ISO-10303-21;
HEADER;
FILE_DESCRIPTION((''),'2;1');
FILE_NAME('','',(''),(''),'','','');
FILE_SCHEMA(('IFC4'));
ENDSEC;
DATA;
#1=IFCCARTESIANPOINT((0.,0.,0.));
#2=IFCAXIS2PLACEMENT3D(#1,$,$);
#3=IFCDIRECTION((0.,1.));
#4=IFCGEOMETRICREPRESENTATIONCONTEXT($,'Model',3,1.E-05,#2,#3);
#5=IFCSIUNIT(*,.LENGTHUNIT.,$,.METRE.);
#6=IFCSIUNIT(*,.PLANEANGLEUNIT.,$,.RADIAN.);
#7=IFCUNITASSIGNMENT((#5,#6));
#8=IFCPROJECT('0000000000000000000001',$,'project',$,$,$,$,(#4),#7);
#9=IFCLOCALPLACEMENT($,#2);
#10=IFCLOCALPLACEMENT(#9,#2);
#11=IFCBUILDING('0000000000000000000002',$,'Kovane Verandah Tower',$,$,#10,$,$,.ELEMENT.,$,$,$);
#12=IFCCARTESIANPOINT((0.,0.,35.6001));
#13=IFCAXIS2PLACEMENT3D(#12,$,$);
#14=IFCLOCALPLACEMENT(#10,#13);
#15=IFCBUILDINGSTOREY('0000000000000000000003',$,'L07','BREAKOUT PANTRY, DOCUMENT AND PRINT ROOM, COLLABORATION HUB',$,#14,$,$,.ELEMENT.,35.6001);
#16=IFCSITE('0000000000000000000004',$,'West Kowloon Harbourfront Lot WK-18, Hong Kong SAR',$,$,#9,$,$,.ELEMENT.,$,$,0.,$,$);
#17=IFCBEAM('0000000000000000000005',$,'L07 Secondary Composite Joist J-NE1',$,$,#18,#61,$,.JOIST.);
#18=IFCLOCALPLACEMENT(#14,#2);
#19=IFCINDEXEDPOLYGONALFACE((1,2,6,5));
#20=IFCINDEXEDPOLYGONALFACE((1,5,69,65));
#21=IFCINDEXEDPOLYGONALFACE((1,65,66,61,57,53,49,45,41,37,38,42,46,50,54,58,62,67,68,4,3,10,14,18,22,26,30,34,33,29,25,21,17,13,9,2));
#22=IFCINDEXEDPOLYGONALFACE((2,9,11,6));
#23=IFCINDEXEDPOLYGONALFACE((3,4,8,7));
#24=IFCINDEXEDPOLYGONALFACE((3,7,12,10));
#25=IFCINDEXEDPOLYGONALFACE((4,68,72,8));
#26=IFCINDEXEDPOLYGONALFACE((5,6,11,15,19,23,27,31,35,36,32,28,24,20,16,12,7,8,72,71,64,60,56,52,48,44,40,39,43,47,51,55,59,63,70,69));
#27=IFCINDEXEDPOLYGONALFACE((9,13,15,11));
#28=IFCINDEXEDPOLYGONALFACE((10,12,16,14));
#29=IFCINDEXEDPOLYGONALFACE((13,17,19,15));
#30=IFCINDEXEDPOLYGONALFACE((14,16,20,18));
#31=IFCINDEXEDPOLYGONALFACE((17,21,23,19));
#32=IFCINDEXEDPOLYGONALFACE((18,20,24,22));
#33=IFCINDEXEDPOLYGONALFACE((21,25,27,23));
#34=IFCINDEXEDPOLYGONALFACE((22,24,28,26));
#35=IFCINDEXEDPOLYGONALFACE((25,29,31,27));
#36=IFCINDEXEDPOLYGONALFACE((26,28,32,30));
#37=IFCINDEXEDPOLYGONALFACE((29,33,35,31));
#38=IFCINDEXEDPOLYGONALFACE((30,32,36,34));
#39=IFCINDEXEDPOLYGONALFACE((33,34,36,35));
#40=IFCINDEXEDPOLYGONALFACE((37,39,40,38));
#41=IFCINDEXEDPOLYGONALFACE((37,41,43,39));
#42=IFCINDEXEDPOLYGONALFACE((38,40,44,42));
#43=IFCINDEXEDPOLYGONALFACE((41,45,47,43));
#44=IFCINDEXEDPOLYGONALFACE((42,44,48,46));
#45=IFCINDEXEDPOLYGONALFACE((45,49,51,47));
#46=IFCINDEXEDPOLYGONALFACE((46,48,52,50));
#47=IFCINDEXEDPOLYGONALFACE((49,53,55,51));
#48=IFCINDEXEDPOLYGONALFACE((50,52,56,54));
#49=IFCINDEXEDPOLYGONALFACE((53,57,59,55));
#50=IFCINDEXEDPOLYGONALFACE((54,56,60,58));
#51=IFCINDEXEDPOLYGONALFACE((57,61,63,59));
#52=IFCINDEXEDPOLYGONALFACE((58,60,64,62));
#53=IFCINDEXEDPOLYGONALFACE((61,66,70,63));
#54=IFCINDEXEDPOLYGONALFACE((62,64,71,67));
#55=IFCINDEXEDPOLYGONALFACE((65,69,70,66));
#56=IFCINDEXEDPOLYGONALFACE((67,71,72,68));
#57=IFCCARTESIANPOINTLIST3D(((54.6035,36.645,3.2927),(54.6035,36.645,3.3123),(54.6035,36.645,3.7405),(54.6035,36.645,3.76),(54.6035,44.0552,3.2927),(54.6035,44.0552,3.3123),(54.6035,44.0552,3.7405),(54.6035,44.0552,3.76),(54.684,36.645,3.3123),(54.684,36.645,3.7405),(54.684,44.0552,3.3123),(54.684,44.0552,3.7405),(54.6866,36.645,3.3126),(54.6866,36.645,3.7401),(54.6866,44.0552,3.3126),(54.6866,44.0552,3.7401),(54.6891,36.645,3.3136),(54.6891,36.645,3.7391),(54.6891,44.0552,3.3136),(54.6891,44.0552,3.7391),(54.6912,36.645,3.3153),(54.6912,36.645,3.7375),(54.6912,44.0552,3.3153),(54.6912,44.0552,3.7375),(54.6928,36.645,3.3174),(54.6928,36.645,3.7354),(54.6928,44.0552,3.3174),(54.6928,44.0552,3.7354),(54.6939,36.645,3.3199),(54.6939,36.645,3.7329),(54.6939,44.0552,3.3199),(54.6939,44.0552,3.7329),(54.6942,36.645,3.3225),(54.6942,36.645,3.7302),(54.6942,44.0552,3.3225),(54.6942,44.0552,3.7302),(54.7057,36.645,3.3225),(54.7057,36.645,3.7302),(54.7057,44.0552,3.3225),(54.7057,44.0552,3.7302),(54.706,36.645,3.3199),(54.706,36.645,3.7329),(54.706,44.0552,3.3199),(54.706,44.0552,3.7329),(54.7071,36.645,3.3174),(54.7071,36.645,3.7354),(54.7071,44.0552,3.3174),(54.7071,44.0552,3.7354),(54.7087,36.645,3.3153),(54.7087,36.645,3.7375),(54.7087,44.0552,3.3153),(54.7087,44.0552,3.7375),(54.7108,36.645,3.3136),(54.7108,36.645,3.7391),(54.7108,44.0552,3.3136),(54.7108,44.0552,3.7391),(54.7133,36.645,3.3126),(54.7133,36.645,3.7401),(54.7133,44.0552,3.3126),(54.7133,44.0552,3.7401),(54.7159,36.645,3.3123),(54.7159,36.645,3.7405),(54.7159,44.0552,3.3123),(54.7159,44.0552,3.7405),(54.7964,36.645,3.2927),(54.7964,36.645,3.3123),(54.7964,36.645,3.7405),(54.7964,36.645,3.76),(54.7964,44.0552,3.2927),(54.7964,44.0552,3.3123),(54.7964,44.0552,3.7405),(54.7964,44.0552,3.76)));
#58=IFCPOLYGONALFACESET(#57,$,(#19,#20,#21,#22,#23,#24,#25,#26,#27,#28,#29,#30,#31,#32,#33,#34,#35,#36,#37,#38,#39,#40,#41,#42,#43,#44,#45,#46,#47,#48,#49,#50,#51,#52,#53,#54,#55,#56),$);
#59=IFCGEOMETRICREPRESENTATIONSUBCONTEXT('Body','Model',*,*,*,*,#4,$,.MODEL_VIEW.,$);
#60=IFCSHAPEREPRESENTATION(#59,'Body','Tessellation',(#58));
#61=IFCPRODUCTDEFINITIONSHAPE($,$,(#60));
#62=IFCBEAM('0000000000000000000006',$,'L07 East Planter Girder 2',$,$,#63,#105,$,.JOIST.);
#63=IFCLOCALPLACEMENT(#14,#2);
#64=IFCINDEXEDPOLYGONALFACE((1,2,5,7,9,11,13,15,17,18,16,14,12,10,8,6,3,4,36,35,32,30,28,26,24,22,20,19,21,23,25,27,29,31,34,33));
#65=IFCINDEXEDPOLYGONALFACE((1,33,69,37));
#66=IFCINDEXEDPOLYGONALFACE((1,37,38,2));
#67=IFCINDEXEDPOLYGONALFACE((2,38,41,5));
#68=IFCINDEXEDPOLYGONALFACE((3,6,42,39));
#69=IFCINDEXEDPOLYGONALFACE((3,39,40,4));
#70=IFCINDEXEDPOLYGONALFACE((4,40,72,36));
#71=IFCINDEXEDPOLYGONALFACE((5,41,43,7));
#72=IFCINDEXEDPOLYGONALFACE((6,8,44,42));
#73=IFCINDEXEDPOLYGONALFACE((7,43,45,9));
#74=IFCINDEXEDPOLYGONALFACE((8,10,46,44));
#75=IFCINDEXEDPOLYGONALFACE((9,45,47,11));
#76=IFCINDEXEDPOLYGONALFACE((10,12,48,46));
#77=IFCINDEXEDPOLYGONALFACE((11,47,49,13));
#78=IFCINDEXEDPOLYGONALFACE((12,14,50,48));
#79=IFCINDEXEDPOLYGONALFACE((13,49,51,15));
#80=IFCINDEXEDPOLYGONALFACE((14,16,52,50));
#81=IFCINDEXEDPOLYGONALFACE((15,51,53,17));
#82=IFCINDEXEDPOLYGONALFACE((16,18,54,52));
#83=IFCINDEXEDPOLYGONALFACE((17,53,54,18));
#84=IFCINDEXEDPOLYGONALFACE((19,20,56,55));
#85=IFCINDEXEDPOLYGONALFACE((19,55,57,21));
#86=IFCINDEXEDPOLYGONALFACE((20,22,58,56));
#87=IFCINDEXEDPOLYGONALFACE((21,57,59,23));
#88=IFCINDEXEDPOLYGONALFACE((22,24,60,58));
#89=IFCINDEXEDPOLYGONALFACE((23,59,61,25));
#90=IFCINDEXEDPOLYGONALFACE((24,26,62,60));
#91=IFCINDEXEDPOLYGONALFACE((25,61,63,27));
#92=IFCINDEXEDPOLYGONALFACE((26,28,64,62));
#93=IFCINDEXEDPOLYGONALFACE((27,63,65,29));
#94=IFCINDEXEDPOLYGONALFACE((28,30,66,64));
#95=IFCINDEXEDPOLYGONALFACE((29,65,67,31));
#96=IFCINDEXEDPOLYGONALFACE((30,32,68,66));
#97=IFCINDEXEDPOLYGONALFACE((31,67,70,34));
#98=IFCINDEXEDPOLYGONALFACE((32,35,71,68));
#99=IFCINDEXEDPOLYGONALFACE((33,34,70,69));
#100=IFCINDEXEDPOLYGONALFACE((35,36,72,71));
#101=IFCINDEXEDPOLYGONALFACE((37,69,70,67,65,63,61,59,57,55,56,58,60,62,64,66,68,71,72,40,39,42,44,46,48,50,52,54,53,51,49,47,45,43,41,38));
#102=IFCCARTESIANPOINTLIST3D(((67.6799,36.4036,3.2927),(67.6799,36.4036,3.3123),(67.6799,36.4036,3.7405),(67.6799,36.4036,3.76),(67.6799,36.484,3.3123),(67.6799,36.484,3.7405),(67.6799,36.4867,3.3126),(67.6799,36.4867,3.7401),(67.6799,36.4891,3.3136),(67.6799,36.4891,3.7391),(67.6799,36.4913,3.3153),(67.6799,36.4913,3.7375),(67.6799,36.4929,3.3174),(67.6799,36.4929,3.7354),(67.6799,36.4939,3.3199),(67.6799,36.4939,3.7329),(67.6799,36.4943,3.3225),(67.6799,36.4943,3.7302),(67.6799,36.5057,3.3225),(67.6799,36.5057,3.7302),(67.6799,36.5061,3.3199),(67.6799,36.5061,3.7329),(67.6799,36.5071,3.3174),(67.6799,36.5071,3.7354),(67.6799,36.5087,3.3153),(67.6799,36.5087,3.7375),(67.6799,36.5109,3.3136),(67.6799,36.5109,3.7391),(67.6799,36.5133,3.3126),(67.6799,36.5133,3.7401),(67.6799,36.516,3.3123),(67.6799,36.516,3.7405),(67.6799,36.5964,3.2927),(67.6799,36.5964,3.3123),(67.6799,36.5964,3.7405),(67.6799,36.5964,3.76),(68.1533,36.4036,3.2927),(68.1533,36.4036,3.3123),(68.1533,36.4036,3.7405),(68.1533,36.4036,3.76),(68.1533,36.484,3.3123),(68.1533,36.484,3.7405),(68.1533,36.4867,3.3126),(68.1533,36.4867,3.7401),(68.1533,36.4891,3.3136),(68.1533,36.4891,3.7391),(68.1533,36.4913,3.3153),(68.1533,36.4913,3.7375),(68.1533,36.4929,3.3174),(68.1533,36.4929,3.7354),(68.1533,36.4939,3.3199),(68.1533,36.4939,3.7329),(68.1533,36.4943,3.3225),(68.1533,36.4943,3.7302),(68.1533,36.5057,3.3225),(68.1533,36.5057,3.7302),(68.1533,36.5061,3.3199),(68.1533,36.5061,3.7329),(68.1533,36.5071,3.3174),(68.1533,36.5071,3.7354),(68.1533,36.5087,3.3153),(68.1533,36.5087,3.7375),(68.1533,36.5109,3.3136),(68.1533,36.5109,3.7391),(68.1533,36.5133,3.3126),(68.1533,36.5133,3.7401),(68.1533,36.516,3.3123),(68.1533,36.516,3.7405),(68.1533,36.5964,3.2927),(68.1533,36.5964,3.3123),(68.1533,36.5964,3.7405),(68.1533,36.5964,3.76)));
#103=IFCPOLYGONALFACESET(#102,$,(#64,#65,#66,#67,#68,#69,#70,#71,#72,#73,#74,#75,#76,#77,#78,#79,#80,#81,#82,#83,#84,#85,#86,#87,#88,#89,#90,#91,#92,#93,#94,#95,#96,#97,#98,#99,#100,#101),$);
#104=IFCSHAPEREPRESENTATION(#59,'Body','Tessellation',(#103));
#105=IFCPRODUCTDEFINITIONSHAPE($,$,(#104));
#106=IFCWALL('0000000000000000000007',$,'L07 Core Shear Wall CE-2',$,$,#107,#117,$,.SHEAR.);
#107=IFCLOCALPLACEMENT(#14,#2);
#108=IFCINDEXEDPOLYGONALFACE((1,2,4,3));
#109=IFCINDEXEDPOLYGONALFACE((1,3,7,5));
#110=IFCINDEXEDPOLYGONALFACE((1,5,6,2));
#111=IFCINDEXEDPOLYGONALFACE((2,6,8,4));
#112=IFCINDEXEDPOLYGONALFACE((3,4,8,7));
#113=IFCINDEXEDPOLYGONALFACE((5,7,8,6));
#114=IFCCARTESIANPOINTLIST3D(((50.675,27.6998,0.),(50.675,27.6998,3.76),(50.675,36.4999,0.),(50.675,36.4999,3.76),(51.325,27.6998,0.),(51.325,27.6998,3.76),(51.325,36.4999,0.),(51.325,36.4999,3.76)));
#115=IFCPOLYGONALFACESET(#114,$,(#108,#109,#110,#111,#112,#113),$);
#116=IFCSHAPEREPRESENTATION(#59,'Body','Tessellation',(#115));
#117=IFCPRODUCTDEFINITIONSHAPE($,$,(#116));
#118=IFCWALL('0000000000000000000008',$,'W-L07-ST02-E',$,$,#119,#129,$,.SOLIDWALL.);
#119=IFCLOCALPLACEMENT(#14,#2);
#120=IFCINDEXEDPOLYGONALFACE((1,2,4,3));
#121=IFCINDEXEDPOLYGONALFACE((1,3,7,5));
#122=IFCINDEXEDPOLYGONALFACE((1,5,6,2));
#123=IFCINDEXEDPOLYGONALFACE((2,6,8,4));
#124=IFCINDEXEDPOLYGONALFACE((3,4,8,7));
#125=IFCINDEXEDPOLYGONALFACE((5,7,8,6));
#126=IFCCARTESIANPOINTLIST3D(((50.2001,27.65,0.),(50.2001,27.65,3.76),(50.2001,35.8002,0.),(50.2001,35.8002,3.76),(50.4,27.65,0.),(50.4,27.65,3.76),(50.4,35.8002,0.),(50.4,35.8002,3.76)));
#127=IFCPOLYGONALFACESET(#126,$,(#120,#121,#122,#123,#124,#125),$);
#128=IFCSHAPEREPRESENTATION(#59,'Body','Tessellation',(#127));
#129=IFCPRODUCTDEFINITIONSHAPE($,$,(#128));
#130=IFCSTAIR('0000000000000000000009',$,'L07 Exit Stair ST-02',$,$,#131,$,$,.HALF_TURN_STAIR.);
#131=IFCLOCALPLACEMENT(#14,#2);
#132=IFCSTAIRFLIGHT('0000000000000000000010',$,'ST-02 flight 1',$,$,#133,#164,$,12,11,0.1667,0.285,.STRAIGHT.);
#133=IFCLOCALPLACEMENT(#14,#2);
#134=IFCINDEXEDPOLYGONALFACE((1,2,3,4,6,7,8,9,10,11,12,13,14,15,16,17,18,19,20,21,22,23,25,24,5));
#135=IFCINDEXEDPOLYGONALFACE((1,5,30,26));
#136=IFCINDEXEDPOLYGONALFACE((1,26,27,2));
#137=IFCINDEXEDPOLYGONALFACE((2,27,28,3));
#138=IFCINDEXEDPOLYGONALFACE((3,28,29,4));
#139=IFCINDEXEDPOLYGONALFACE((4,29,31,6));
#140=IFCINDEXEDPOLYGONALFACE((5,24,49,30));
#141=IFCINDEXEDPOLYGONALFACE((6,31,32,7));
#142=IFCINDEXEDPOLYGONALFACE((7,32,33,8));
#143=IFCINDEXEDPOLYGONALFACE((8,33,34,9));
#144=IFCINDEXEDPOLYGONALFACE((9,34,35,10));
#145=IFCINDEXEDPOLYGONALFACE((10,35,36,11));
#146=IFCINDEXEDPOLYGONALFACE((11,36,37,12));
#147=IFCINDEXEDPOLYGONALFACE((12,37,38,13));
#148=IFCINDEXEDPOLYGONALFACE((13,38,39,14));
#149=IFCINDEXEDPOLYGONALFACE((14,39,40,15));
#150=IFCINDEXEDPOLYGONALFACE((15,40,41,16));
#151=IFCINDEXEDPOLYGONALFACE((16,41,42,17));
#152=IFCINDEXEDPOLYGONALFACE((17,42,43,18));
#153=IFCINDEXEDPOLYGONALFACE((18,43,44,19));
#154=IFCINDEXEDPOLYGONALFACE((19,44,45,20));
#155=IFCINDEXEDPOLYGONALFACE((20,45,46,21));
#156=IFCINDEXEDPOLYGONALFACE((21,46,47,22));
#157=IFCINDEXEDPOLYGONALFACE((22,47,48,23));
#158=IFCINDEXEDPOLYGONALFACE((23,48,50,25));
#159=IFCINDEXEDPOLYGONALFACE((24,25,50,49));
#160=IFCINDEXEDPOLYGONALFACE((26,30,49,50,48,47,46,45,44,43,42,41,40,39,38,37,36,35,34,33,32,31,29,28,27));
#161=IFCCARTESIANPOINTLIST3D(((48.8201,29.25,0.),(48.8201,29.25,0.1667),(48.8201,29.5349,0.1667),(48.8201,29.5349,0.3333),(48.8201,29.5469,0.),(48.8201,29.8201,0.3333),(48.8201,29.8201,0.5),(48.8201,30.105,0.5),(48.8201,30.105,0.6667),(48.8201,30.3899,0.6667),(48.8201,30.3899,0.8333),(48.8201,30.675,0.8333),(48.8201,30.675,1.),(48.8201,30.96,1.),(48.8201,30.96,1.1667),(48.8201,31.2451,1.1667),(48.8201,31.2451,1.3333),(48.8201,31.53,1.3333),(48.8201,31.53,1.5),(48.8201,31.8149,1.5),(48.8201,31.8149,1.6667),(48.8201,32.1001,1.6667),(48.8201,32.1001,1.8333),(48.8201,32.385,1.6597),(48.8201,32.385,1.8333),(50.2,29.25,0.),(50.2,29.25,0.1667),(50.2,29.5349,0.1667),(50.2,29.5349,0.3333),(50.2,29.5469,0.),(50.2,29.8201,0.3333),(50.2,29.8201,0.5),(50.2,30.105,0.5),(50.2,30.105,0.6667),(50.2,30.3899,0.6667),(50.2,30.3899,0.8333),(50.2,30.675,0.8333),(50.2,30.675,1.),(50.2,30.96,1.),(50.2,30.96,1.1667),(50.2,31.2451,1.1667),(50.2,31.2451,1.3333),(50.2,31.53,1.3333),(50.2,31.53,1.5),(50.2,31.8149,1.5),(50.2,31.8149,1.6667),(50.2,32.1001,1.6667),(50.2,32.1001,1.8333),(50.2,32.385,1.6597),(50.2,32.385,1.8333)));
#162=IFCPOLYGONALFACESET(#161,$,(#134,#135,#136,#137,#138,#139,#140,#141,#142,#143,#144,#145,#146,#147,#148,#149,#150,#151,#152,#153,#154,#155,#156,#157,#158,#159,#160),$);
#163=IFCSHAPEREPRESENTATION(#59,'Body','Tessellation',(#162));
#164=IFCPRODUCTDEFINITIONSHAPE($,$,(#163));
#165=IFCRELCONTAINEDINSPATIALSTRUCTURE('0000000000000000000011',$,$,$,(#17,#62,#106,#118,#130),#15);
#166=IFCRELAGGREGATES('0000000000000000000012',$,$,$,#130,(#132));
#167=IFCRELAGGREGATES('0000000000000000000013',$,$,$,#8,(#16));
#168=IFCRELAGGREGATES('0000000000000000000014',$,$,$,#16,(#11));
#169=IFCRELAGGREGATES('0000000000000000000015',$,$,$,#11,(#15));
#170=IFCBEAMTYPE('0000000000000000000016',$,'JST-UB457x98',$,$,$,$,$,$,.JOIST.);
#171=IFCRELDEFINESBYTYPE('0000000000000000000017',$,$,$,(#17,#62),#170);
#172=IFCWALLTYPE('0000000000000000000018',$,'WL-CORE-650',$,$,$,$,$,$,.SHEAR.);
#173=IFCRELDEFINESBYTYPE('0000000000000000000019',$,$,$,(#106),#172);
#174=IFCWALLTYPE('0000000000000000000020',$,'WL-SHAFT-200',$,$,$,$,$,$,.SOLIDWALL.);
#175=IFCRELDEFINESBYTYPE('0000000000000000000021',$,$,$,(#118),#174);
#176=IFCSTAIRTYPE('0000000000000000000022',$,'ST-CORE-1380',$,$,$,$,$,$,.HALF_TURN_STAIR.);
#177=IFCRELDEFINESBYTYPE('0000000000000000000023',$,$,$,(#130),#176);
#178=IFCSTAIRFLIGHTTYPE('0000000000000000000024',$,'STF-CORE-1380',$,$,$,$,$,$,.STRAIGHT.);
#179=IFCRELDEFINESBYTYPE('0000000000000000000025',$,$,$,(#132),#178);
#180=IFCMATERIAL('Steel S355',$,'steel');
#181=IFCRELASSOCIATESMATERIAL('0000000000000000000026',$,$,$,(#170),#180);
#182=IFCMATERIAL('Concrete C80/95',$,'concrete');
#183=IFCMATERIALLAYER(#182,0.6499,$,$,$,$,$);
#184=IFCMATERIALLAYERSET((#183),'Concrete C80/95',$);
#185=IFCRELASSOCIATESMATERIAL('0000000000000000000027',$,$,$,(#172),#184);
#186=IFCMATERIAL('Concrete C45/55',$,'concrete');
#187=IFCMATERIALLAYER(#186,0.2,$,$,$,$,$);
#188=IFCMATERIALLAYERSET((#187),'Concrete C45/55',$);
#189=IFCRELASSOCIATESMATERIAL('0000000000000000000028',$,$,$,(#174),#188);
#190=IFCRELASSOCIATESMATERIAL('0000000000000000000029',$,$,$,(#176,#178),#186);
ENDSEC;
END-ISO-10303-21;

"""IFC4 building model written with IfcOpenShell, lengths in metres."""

from ifc_helpers import new_model, si_unit, direction, frame, frame_2d, origin, origin_2d, place, context, subcontext, project, spatial, polyline, rectangle, i_section, outline, extrude, material, layer, layer_set, material_profile, profile_set, type_object, element, aggregate, save


model = new_model("IFC4")

# Units and contexts
model_context = context("Model", 3, precision=1e-05, world=origin(), true_north=direction((0.0, 1.0)))
body_context = subcontext(model_context, "Body", "Model", "MODEL_VIEW")
ifc_project = project(units=[si_unit("LENGTHUNIT", "METRE"), si_unit("PLANEANGLEUNIT", "RADIAN")], contexts=[model_context])

# Site, building, storey
site_placement = place(None, origin())
site = spatial("IfcSite", under=ifc_project, at=site_placement, Name="West Kowloon Harbourfront Lot WK-18, Hong Kong SAR", CompositionType="ELEMENT", RefElevation=0.0)
building_placement = place(site_placement, origin())
building = spatial("IfcBuilding", under=site, at=building_placement, Name="Kovane Verandah Tower", CompositionType="ELEMENT")
storey_placement = place(building_placement, frame((0.0, 0.0, 35.6001)))
storey = spatial("IfcBuildingStorey", under=building, at=storey_placement, Name="L07", Description="BREAKOUT PANTRY, DOCUMENT AND PRINT ROOM, COLLABORATION HUB", CompositionType="ELEMENT", Elevation=35.6001)

# Shared definitions
ifc_material_1 = material(Name="Concrete C80/95", Category="concrete")

# Beams
ifc_material_2 = material(Name="Steel S355", Category="steel")
ifc_material_profile_1 = material_profile(ifc_material_2, i_section(OverallWidth=0.1929, OverallDepth=0.4673, WebThickness=0.0115, FlangeThickness=0.0195, FilletRadius=0.0103, at=origin_2d()), Name="UB457x191x98")
ifc_profile_set_1 = profile_set([ifc_material_profile_1], Name="Steel S355")
beam_type_1 = type_object("IfcBeamType", Name="JST-UB457x98", PredefinedType="JOIST", material=ifc_profile_set_1)
beam_1_placement = place(storey_placement, frame((54.7, 36.645, 3.5264), z_axis=(0.0, 1.0, 0.0), x_axis=(-1.0, 0.0, 0.0)))
element("IfcBeam", 1, at=beam_1_placement, inside=storey, type_object=beam_type_1, Name="L07 Secondary Composite Joist J-NE1", PredefinedType="JOIST", context=body_context, shape_type="SweptSolid", body=[
    extrude(i_section(OverallWidth=0.1929, OverallDepth=0.4673, WebThickness=0.0115, FlangeThickness=0.0195, FilletRadius=0.0103, at=origin_2d()), origin(), (0.0, 0.0, 1.0), 7.4102),
])
beam_2_placement = place(storey_placement, frame((67.6799, 36.5, 3.5264), z_axis=(1.0, 0.0, 0.0), x_axis=(0.0, 1.0, 0.0)))
element("IfcBeam", 2, at=beam_2_placement, inside=storey, type_object=beam_type_1, Name="L07 East Planter Girder 2", PredefinedType="JOIST", context=body_context, shape_type="SweptSolid", body=[
    extrude(i_section(OverallWidth=0.1929, OverallDepth=0.4673, WebThickness=0.0115, FlangeThickness=0.0195, FilletRadius=0.0103, at=origin_2d()), origin(), (0.0, 0.0, 1.0), 0.4734),
])

# Walls
ifc_layer_1 = layer(ifc_material_1, 0.6499)
ifc_layer_set_1 = layer_set([ifc_layer_1], Name="Concrete C80/95")
wall_type_1 = type_object("IfcWallType", Name="WL-CORE-650", PredefinedType="SHEAR", material=ifc_layer_set_1)
wall_1_placement = place(storey_placement, frame((51.0, 27.7, 0.0), z_axis=(0.0, 0.0, 1.0), x_axis=(0.0, 1.0, 0.0)))
element("IfcWall", 3, at=wall_1_placement, inside=storey, type_object=wall_type_1, Name="L07 Core Shear Wall CE-2", PredefinedType="SHEAR", context=body_context, shape_type="SweptSolid", body=[
    extrude(rectangle(XDim=8.8, YDim=0.6499, at=frame_2d((4.3999, 0.0))), origin(), (0.0, 0.0, 1.0), 3.76),
])
ifc_material_3 = material(Name="Concrete C45/55", Category="concrete")
ifc_layer_2 = layer(ifc_material_3, 0.2)
ifc_layer_set_2 = layer_set([ifc_layer_2], Name="Concrete C45/55")
wall_type_2 = type_object("IfcWallType", Name="WL-SHAFT-200", PredefinedType="SOLIDWALL", material=ifc_layer_set_2)
wall_2_placement = place(storey_placement, frame((50.3, 27.6499, 0.0), z_axis=(0.0, 0.0, 1.0), x_axis=(0.0, 1.0, 0.0)))
element("IfcWall", 4, at=wall_2_placement, inside=storey, type_object=wall_type_2, Name="W-L07-ST02-E", PredefinedType="SOLIDWALL", context=body_context, shape_type="SweptSolid", body=[
    extrude(rectangle(XDim=8.1501, YDim=0.2, at=frame_2d((4.0752, 0.0))), origin(), (0.0, 0.0, 1.0), 3.76),
])

# Stair, stair flight
stair_type = type_object("IfcStairType", Name="ST-CORE-1380", PredefinedType="HALF_TURN_STAIR", material=ifc_material_3)
stair_placement = place(storey_placement, origin())
stair = element("IfcStair", 5, at=stair_placement, inside=storey, type_object=stair_type, Name="L07 Exit Stair ST-02", PredefinedType="HALF_TURN_STAIR")
stair_flight_type = type_object("IfcStairFlightType", Name="STF-CORE-1380", PredefinedType="STRAIGHT", material=ifc_material_3)
stair_flight_placement = place(storey_placement, frame((49.51, 29.25, 0.0), z_axis=(0.0, 0.0, 1.0), x_axis=(0.0, 1.0, 0.0)))
stair_flight = element("IfcStairFlight", 6, at=stair_flight_placement, type_object=stair_flight_type, Name="ST-02 flight 1", NumberOfRisers=12, NumberOfTreads=11, PredefinedType="STRAIGHT", RiserHeight=0.1667, TreadLength=0.285, context=body_context, shape_type="SweptSolid", body=[
    extrude(outline(polyline([(0.0, 0.0), (0.0, 0.1667), (0.2849, 0.1667), (0.2849, 0.3333), (0.5701, 0.3333), (0.5701, 0.5), (0.855, 0.5), (0.855, 0.6667), (1.1399, 0.6667), (1.1399, 0.8333), (1.425, 0.8333), (1.425, 1.0), (1.71, 1.0), (1.71, 1.1667), (1.9951, 1.1667), (1.9951, 1.3333), (2.28, 1.3333), (2.28, 1.5), (2.5649, 1.5), (2.5649, 1.6667), (2.8501, 1.6667), (2.8501, 1.8333), (3.135, 1.8333), (3.135, 2.0), (3.135, 1.6597), (0.2969, 0.0), (0.0, 0.0)])), frame((0.0, 0.6899, 0.0), z_axis=(0.0, -1.0, 0.0), x_axis=(1.0, 0.0, 0.0)), (0.0, 0.0, 1.0), 1.3799),
])
aggregate(stair, [stair_flight])

save(model, "model.ifc")
